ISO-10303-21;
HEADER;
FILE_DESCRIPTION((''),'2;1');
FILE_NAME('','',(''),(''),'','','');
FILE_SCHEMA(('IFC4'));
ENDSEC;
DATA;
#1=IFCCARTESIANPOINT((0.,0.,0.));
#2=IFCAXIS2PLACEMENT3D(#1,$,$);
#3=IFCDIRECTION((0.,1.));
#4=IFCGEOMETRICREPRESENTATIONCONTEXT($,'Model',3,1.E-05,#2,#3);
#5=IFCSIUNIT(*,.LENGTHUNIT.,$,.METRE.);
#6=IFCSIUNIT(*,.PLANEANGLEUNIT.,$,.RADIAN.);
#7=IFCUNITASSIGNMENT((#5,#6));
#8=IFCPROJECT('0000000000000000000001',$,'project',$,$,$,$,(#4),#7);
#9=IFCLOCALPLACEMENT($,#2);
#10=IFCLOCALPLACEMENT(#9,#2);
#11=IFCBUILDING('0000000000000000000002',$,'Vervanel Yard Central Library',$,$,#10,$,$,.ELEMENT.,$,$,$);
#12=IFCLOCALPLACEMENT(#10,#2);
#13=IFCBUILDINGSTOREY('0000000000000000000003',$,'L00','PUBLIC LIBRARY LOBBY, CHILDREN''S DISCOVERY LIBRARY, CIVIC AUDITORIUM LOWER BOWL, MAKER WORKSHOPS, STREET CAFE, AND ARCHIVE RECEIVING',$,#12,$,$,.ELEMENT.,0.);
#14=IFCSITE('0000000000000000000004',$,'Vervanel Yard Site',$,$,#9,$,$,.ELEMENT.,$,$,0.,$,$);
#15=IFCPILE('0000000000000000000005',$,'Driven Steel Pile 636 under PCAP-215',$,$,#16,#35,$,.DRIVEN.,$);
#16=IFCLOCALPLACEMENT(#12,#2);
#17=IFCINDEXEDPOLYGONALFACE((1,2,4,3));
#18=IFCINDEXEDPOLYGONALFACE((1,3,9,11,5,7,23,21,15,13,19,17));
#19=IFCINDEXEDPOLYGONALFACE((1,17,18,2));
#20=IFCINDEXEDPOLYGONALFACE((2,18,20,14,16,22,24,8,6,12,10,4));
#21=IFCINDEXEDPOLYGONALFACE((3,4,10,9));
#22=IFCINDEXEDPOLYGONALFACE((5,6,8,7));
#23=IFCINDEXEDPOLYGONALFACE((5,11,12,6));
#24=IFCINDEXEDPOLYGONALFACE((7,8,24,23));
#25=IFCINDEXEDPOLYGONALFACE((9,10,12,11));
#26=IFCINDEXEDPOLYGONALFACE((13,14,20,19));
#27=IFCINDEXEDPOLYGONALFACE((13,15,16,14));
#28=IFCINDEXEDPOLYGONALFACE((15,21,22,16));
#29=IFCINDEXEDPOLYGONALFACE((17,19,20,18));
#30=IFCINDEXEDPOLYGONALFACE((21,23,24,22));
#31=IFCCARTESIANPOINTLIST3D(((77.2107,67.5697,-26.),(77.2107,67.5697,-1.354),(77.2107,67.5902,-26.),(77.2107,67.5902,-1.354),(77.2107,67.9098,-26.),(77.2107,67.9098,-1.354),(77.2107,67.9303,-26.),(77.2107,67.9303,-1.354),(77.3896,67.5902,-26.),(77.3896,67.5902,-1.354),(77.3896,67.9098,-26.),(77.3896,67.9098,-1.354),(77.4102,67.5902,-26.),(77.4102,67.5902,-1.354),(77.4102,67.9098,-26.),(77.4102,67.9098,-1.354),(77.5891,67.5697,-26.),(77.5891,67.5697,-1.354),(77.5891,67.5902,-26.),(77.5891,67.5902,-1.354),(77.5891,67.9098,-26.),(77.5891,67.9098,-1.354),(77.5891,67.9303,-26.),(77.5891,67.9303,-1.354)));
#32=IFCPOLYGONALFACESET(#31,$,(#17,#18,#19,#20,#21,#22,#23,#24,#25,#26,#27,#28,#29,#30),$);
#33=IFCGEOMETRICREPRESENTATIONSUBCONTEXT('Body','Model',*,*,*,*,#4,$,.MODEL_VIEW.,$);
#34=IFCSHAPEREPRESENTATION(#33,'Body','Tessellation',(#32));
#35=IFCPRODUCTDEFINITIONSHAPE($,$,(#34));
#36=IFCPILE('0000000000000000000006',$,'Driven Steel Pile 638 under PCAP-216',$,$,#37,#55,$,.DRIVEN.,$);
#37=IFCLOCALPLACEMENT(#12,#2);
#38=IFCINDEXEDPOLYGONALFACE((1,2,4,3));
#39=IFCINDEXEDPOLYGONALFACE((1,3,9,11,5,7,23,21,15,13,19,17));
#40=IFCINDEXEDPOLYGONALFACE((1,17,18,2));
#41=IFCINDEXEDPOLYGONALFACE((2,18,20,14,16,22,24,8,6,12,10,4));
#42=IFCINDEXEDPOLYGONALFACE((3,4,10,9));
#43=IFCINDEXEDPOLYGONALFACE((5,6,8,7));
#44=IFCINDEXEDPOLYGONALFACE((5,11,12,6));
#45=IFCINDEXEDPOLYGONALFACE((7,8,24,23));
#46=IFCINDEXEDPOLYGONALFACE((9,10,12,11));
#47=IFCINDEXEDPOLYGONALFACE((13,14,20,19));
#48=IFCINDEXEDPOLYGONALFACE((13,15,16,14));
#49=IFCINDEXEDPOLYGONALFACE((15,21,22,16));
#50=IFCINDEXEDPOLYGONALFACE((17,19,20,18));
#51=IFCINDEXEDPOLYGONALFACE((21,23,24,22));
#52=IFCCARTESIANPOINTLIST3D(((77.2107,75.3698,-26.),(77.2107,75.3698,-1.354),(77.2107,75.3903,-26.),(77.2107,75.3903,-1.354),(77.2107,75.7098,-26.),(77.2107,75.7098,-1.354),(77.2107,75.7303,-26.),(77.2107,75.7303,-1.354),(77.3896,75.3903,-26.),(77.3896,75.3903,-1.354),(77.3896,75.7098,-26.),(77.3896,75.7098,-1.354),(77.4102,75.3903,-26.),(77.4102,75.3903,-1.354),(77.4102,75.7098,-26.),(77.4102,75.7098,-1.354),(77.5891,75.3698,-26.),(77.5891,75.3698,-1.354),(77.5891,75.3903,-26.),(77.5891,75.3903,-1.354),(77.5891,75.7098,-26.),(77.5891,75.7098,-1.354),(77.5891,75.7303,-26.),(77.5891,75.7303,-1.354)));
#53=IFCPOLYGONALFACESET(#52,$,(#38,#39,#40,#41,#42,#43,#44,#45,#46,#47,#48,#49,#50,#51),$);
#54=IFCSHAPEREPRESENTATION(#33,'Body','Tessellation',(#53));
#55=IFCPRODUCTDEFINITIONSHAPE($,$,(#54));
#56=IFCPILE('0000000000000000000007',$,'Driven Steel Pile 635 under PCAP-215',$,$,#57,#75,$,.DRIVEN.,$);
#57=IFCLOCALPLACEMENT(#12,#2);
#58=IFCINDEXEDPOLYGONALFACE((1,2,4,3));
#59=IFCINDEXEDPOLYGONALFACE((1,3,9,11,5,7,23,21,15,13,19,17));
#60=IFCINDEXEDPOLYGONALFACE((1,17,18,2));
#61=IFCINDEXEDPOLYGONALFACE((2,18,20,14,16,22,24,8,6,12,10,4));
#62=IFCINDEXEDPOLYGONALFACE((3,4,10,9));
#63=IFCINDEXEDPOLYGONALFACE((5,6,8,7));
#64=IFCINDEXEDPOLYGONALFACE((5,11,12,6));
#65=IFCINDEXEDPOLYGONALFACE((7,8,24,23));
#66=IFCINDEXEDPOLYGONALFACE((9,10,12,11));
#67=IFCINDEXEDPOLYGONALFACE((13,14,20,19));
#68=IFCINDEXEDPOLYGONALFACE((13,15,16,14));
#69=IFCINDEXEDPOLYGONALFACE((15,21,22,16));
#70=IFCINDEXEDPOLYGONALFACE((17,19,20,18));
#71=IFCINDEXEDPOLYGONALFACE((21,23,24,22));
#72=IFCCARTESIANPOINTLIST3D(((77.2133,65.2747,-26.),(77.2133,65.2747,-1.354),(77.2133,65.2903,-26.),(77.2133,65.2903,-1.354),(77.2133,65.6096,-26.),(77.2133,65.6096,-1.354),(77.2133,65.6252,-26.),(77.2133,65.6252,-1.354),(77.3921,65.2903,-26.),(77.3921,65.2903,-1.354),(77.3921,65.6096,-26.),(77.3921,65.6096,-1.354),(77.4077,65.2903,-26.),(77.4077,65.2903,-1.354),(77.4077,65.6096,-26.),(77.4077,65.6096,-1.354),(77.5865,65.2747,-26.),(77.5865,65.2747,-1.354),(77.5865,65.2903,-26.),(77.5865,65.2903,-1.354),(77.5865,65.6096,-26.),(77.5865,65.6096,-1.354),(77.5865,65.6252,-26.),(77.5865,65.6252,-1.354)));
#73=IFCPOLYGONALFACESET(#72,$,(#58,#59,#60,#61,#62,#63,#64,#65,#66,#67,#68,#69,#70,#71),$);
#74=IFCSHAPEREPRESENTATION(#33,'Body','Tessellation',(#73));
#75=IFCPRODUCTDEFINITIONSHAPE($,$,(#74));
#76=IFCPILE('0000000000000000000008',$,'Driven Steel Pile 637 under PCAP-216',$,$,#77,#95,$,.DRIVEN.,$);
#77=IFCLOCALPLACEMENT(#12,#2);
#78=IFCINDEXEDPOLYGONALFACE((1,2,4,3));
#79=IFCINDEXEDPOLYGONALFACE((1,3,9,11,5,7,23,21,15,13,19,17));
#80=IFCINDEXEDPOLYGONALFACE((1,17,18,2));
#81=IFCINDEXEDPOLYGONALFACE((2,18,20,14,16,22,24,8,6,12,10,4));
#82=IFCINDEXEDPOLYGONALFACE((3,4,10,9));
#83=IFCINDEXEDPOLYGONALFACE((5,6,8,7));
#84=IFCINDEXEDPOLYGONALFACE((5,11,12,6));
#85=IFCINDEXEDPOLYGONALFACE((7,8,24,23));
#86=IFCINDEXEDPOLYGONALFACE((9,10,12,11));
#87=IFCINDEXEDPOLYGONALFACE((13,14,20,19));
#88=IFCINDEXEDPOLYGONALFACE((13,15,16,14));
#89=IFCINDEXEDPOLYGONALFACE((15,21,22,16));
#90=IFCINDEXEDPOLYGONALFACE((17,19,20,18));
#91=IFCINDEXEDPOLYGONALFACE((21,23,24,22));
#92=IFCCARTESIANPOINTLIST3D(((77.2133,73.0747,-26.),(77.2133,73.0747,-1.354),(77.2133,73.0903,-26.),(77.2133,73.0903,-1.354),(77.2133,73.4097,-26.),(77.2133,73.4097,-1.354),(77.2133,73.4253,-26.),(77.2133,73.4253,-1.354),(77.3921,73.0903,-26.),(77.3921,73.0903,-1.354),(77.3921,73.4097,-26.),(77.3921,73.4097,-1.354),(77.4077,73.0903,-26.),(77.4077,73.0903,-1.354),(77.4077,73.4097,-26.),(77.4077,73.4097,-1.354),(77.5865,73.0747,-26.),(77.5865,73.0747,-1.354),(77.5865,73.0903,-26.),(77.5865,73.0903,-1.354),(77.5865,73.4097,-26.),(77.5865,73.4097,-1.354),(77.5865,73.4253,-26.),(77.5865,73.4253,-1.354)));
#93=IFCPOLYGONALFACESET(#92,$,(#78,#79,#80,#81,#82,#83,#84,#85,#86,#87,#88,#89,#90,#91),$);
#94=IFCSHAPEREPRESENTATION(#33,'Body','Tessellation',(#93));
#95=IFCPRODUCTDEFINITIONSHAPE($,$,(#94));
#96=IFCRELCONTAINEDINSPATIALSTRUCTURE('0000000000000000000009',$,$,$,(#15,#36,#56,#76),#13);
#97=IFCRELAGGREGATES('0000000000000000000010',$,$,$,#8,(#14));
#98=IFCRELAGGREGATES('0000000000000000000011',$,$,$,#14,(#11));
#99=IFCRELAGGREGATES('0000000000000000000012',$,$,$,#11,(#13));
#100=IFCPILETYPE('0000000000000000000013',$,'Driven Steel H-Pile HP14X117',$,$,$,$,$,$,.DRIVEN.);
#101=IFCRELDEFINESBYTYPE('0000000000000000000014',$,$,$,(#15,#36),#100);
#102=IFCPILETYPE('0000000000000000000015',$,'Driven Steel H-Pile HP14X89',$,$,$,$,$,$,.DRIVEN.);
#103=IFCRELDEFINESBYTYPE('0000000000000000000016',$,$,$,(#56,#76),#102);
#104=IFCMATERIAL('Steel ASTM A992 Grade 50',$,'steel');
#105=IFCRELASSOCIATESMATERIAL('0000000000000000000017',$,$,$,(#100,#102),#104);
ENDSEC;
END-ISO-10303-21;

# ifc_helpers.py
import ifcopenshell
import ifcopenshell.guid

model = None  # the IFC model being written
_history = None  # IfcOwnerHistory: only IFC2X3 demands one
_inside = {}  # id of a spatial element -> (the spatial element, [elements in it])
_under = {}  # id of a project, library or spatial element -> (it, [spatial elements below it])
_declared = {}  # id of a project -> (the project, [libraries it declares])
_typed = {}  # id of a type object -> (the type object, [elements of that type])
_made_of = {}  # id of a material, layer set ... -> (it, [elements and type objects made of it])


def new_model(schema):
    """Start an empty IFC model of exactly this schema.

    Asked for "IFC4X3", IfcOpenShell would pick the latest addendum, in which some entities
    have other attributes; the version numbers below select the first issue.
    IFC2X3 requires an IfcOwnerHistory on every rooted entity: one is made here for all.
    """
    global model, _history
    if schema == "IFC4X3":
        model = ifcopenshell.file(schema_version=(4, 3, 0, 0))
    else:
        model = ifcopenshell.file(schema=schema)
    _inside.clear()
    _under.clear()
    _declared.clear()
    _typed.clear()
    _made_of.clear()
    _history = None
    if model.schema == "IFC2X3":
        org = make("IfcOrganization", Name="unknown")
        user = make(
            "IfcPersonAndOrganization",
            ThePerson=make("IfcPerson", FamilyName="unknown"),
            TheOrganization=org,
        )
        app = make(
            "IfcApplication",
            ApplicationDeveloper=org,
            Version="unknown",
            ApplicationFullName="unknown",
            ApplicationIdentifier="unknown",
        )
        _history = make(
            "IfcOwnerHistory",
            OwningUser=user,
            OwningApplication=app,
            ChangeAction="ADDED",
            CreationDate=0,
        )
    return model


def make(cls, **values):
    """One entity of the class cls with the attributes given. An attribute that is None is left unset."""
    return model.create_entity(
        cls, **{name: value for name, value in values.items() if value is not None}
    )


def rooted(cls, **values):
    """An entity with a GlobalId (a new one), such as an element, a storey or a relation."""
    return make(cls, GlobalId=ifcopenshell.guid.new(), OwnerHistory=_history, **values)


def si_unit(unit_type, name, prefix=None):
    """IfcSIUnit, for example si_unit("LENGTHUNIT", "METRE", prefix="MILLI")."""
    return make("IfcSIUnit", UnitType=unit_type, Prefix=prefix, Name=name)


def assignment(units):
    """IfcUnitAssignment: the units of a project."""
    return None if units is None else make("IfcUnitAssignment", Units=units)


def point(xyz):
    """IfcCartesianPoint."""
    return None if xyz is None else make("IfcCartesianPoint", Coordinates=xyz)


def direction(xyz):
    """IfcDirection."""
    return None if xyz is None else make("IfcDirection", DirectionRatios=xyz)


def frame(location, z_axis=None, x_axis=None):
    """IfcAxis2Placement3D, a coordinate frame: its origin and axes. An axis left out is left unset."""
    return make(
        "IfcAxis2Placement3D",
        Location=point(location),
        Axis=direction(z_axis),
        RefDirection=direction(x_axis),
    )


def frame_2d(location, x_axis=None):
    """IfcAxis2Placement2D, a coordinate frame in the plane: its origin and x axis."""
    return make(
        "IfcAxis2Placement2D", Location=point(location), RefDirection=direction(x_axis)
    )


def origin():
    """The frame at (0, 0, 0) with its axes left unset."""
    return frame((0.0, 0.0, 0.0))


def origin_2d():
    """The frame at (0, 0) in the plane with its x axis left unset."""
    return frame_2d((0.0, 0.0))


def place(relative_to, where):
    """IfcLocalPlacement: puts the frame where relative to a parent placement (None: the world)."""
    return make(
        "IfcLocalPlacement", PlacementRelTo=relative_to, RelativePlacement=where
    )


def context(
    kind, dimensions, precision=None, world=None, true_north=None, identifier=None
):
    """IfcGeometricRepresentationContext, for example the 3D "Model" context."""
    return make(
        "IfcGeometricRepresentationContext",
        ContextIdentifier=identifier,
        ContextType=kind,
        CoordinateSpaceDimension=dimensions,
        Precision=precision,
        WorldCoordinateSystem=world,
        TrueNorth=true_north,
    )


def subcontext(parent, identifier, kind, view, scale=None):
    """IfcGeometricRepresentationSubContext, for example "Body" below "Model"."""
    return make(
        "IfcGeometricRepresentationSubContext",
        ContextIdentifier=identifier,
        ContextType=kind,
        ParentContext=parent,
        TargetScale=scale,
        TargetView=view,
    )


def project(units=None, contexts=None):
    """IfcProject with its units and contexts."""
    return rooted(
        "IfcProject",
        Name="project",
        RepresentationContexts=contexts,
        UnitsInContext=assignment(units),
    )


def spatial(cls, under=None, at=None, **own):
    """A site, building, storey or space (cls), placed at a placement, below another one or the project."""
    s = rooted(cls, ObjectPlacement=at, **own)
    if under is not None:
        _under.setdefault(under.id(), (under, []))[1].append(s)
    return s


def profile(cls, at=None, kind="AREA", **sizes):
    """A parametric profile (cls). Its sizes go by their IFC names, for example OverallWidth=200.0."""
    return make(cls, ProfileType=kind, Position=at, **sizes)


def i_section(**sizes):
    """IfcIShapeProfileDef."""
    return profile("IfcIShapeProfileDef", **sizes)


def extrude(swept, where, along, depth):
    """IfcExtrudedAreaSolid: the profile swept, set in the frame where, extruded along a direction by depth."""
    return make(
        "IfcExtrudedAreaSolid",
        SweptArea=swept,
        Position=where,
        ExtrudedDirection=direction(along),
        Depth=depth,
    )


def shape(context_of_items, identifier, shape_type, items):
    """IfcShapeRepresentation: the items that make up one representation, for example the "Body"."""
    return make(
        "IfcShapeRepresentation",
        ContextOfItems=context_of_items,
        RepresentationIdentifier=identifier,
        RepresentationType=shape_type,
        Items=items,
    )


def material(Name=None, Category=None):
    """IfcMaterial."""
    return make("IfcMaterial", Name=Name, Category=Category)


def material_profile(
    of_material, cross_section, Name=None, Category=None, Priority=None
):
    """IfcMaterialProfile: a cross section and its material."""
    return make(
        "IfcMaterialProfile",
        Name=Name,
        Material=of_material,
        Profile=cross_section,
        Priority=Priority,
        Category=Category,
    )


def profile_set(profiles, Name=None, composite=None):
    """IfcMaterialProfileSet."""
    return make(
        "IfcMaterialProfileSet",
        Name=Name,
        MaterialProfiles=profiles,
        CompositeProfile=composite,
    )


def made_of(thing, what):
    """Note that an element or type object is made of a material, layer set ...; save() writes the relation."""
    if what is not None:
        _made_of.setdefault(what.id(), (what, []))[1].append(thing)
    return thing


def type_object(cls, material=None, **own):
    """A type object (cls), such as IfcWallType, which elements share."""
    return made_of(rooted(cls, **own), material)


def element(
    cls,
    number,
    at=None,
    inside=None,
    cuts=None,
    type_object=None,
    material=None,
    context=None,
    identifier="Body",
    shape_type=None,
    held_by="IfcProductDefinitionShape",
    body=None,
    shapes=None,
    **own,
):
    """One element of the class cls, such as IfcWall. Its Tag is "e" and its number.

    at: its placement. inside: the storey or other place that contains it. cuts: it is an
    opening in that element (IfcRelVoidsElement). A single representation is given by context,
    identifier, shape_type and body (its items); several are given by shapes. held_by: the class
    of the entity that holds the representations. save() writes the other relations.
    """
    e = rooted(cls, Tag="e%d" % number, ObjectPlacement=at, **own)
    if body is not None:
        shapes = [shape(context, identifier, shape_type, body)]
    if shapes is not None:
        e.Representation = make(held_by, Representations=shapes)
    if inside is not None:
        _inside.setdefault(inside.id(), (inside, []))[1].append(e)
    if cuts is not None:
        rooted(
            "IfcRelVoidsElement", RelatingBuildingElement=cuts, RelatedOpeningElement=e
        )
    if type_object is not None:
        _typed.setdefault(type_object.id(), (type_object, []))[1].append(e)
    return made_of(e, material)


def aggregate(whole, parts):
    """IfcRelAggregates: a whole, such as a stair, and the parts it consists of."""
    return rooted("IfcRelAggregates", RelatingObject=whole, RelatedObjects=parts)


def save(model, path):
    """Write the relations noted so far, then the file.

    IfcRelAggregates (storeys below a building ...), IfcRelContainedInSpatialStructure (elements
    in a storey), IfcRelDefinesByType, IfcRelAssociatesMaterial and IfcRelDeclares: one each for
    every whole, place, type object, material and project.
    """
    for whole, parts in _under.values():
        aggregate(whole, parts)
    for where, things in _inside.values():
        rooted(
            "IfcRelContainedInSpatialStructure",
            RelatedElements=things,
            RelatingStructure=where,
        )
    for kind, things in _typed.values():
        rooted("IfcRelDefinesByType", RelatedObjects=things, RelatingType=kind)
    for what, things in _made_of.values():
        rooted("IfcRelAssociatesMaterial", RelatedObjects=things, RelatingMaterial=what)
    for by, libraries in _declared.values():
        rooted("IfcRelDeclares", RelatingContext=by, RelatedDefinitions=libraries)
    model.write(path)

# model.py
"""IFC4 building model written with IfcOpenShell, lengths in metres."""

from ifc_helpers import new_model, si_unit, direction, frame, origin, origin_2d, place, context, subcontext, project, spatial, i_section, extrude, material, material_profile, profile_set, type_object, element, save


model = new_model("IFC4")

# Units and contexts
model_context = context("Model", 3, precision=1e-05, world=origin(), true_north=direction((0.0, 1.0)))
body_context = subcontext(model_context, "Body", "Model", "MODEL_VIEW")
ifc_project = project(units=[si_unit("LENGTHUNIT", "METRE"), si_unit("PLANEANGLEUNIT", "RADIAN")], contexts=[model_context])

# Site, building, storey
site_placement = place(None, origin())
site = spatial("IfcSite", under=ifc_project, at=site_placement, Name="Vervanel Yard Site", CompositionType="ELEMENT", RefElevation=0.0)
building_placement = place(site_placement, origin())
building = spatial("IfcBuilding", under=site, at=building_placement, Name="Vervanel Yard Central Library", CompositionType="ELEMENT")
storey_placement = place(building_placement, origin())
storey = spatial("IfcBuildingStorey", under=building, at=storey_placement, Name="L00", Description="PUBLIC LIBRARY LOBBY, CHILDREN'S DISCOVERY LIBRARY, CIVIC AUDITORIUM LOWER BOWL, MAKER WORKSHOPS, STREET CAFE, AND ARCHIVE RECEIVING", CompositionType="ELEMENT", Elevation=0.0)

# Piles
ifc_material_1 = material(Name="Steel ASTM A992 Grade 50", Category="steel")
ifc_material_profile_1 = material_profile(ifc_material_1, i_section(OverallWidth=0.3784, OverallDepth=0.3606, WebThickness=0.0205, FlangeThickness=0.0205, at=origin_2d()), Name="HP14X117", Category="steel")
ifc_profile_set_1 = profile_set([ifc_material_profile_1], Name="Steel ASTM A992 Grade 50")
pile_type_1 = type_object("IfcPileType", Name="Driven Steel H-Pile HP14X117", PredefinedType="DRIVEN", material=ifc_profile_set_1)
for number, where, z_axis, x_axis, name in (
    (1, (77.3999, 67.75, -26.0), (0.0, 0.0, 1.0), (1.0, 0.0, 0.0), "Driven Steel Pile 636 under PCAP-215"),
    (2, (77.3999, 75.55, -26.0), (0.0, 0.0, 1.0), (1.0, 0.0, 0.0), "Driven Steel Pile 638 under PCAP-216"),
):
    element("IfcPile", number, at=place(storey_placement, frame(where, z_axis=z_axis, x_axis=x_axis)), inside=storey, type_object=pile_type_1, Name=name, PredefinedType="DRIVEN", context=body_context, shape_type="SweptSolid", body=[
        extrude(i_section(OverallWidth=0.3784, OverallDepth=0.3606, WebThickness=0.0205, FlangeThickness=0.0205, at=origin_2d()), origin(), (0.0, 0.0, 1.0), 24.646),
    ])
ifc_material_profile_2 = material_profile(ifc_material_1, i_section(OverallWidth=0.3733, OverallDepth=0.3506, WebThickness=0.0156, FlangeThickness=0.0156, at=origin_2d()), Name="HP14X89", Category="steel")
ifc_profile_set_2 = profile_set([ifc_material_profile_2], Name="Steel ASTM A992 Grade 50")
pile_type_2 = type_object("IfcPileType", Name="Driven Steel H-Pile HP14X89", PredefinedType="DRIVEN", material=ifc_profile_set_2)
for number, where, z_axis, x_axis, name in (
    (3, (77.3999, 65.45, -26.0), (0.0, 0.0, 1.0), (1.0, 0.0, 0.0), "Driven Steel Pile 635 under PCAP-215"),
    (4, (77.3999, 73.25, -26.0), (0.0, 0.0, 1.0), (1.0, 0.0, 0.0), "Driven Steel Pile 637 under PCAP-216"),
):
    element("IfcPile", number, at=place(storey_placement, frame(where, z_axis=z_axis, x_axis=x_axis)), inside=storey, type_object=pile_type_2, Name=name, PredefinedType="DRIVEN", context=body_context, shape_type="SweptSolid", body=[
        extrude(i_section(OverallWidth=0.3733, OverallDepth=0.3506, WebThickness=0.0156, FlangeThickness=0.0156, at=origin_2d()), origin(), (0.0, 0.0, 1.0), 24.646),
    ])

save(model, "model.ifc")
